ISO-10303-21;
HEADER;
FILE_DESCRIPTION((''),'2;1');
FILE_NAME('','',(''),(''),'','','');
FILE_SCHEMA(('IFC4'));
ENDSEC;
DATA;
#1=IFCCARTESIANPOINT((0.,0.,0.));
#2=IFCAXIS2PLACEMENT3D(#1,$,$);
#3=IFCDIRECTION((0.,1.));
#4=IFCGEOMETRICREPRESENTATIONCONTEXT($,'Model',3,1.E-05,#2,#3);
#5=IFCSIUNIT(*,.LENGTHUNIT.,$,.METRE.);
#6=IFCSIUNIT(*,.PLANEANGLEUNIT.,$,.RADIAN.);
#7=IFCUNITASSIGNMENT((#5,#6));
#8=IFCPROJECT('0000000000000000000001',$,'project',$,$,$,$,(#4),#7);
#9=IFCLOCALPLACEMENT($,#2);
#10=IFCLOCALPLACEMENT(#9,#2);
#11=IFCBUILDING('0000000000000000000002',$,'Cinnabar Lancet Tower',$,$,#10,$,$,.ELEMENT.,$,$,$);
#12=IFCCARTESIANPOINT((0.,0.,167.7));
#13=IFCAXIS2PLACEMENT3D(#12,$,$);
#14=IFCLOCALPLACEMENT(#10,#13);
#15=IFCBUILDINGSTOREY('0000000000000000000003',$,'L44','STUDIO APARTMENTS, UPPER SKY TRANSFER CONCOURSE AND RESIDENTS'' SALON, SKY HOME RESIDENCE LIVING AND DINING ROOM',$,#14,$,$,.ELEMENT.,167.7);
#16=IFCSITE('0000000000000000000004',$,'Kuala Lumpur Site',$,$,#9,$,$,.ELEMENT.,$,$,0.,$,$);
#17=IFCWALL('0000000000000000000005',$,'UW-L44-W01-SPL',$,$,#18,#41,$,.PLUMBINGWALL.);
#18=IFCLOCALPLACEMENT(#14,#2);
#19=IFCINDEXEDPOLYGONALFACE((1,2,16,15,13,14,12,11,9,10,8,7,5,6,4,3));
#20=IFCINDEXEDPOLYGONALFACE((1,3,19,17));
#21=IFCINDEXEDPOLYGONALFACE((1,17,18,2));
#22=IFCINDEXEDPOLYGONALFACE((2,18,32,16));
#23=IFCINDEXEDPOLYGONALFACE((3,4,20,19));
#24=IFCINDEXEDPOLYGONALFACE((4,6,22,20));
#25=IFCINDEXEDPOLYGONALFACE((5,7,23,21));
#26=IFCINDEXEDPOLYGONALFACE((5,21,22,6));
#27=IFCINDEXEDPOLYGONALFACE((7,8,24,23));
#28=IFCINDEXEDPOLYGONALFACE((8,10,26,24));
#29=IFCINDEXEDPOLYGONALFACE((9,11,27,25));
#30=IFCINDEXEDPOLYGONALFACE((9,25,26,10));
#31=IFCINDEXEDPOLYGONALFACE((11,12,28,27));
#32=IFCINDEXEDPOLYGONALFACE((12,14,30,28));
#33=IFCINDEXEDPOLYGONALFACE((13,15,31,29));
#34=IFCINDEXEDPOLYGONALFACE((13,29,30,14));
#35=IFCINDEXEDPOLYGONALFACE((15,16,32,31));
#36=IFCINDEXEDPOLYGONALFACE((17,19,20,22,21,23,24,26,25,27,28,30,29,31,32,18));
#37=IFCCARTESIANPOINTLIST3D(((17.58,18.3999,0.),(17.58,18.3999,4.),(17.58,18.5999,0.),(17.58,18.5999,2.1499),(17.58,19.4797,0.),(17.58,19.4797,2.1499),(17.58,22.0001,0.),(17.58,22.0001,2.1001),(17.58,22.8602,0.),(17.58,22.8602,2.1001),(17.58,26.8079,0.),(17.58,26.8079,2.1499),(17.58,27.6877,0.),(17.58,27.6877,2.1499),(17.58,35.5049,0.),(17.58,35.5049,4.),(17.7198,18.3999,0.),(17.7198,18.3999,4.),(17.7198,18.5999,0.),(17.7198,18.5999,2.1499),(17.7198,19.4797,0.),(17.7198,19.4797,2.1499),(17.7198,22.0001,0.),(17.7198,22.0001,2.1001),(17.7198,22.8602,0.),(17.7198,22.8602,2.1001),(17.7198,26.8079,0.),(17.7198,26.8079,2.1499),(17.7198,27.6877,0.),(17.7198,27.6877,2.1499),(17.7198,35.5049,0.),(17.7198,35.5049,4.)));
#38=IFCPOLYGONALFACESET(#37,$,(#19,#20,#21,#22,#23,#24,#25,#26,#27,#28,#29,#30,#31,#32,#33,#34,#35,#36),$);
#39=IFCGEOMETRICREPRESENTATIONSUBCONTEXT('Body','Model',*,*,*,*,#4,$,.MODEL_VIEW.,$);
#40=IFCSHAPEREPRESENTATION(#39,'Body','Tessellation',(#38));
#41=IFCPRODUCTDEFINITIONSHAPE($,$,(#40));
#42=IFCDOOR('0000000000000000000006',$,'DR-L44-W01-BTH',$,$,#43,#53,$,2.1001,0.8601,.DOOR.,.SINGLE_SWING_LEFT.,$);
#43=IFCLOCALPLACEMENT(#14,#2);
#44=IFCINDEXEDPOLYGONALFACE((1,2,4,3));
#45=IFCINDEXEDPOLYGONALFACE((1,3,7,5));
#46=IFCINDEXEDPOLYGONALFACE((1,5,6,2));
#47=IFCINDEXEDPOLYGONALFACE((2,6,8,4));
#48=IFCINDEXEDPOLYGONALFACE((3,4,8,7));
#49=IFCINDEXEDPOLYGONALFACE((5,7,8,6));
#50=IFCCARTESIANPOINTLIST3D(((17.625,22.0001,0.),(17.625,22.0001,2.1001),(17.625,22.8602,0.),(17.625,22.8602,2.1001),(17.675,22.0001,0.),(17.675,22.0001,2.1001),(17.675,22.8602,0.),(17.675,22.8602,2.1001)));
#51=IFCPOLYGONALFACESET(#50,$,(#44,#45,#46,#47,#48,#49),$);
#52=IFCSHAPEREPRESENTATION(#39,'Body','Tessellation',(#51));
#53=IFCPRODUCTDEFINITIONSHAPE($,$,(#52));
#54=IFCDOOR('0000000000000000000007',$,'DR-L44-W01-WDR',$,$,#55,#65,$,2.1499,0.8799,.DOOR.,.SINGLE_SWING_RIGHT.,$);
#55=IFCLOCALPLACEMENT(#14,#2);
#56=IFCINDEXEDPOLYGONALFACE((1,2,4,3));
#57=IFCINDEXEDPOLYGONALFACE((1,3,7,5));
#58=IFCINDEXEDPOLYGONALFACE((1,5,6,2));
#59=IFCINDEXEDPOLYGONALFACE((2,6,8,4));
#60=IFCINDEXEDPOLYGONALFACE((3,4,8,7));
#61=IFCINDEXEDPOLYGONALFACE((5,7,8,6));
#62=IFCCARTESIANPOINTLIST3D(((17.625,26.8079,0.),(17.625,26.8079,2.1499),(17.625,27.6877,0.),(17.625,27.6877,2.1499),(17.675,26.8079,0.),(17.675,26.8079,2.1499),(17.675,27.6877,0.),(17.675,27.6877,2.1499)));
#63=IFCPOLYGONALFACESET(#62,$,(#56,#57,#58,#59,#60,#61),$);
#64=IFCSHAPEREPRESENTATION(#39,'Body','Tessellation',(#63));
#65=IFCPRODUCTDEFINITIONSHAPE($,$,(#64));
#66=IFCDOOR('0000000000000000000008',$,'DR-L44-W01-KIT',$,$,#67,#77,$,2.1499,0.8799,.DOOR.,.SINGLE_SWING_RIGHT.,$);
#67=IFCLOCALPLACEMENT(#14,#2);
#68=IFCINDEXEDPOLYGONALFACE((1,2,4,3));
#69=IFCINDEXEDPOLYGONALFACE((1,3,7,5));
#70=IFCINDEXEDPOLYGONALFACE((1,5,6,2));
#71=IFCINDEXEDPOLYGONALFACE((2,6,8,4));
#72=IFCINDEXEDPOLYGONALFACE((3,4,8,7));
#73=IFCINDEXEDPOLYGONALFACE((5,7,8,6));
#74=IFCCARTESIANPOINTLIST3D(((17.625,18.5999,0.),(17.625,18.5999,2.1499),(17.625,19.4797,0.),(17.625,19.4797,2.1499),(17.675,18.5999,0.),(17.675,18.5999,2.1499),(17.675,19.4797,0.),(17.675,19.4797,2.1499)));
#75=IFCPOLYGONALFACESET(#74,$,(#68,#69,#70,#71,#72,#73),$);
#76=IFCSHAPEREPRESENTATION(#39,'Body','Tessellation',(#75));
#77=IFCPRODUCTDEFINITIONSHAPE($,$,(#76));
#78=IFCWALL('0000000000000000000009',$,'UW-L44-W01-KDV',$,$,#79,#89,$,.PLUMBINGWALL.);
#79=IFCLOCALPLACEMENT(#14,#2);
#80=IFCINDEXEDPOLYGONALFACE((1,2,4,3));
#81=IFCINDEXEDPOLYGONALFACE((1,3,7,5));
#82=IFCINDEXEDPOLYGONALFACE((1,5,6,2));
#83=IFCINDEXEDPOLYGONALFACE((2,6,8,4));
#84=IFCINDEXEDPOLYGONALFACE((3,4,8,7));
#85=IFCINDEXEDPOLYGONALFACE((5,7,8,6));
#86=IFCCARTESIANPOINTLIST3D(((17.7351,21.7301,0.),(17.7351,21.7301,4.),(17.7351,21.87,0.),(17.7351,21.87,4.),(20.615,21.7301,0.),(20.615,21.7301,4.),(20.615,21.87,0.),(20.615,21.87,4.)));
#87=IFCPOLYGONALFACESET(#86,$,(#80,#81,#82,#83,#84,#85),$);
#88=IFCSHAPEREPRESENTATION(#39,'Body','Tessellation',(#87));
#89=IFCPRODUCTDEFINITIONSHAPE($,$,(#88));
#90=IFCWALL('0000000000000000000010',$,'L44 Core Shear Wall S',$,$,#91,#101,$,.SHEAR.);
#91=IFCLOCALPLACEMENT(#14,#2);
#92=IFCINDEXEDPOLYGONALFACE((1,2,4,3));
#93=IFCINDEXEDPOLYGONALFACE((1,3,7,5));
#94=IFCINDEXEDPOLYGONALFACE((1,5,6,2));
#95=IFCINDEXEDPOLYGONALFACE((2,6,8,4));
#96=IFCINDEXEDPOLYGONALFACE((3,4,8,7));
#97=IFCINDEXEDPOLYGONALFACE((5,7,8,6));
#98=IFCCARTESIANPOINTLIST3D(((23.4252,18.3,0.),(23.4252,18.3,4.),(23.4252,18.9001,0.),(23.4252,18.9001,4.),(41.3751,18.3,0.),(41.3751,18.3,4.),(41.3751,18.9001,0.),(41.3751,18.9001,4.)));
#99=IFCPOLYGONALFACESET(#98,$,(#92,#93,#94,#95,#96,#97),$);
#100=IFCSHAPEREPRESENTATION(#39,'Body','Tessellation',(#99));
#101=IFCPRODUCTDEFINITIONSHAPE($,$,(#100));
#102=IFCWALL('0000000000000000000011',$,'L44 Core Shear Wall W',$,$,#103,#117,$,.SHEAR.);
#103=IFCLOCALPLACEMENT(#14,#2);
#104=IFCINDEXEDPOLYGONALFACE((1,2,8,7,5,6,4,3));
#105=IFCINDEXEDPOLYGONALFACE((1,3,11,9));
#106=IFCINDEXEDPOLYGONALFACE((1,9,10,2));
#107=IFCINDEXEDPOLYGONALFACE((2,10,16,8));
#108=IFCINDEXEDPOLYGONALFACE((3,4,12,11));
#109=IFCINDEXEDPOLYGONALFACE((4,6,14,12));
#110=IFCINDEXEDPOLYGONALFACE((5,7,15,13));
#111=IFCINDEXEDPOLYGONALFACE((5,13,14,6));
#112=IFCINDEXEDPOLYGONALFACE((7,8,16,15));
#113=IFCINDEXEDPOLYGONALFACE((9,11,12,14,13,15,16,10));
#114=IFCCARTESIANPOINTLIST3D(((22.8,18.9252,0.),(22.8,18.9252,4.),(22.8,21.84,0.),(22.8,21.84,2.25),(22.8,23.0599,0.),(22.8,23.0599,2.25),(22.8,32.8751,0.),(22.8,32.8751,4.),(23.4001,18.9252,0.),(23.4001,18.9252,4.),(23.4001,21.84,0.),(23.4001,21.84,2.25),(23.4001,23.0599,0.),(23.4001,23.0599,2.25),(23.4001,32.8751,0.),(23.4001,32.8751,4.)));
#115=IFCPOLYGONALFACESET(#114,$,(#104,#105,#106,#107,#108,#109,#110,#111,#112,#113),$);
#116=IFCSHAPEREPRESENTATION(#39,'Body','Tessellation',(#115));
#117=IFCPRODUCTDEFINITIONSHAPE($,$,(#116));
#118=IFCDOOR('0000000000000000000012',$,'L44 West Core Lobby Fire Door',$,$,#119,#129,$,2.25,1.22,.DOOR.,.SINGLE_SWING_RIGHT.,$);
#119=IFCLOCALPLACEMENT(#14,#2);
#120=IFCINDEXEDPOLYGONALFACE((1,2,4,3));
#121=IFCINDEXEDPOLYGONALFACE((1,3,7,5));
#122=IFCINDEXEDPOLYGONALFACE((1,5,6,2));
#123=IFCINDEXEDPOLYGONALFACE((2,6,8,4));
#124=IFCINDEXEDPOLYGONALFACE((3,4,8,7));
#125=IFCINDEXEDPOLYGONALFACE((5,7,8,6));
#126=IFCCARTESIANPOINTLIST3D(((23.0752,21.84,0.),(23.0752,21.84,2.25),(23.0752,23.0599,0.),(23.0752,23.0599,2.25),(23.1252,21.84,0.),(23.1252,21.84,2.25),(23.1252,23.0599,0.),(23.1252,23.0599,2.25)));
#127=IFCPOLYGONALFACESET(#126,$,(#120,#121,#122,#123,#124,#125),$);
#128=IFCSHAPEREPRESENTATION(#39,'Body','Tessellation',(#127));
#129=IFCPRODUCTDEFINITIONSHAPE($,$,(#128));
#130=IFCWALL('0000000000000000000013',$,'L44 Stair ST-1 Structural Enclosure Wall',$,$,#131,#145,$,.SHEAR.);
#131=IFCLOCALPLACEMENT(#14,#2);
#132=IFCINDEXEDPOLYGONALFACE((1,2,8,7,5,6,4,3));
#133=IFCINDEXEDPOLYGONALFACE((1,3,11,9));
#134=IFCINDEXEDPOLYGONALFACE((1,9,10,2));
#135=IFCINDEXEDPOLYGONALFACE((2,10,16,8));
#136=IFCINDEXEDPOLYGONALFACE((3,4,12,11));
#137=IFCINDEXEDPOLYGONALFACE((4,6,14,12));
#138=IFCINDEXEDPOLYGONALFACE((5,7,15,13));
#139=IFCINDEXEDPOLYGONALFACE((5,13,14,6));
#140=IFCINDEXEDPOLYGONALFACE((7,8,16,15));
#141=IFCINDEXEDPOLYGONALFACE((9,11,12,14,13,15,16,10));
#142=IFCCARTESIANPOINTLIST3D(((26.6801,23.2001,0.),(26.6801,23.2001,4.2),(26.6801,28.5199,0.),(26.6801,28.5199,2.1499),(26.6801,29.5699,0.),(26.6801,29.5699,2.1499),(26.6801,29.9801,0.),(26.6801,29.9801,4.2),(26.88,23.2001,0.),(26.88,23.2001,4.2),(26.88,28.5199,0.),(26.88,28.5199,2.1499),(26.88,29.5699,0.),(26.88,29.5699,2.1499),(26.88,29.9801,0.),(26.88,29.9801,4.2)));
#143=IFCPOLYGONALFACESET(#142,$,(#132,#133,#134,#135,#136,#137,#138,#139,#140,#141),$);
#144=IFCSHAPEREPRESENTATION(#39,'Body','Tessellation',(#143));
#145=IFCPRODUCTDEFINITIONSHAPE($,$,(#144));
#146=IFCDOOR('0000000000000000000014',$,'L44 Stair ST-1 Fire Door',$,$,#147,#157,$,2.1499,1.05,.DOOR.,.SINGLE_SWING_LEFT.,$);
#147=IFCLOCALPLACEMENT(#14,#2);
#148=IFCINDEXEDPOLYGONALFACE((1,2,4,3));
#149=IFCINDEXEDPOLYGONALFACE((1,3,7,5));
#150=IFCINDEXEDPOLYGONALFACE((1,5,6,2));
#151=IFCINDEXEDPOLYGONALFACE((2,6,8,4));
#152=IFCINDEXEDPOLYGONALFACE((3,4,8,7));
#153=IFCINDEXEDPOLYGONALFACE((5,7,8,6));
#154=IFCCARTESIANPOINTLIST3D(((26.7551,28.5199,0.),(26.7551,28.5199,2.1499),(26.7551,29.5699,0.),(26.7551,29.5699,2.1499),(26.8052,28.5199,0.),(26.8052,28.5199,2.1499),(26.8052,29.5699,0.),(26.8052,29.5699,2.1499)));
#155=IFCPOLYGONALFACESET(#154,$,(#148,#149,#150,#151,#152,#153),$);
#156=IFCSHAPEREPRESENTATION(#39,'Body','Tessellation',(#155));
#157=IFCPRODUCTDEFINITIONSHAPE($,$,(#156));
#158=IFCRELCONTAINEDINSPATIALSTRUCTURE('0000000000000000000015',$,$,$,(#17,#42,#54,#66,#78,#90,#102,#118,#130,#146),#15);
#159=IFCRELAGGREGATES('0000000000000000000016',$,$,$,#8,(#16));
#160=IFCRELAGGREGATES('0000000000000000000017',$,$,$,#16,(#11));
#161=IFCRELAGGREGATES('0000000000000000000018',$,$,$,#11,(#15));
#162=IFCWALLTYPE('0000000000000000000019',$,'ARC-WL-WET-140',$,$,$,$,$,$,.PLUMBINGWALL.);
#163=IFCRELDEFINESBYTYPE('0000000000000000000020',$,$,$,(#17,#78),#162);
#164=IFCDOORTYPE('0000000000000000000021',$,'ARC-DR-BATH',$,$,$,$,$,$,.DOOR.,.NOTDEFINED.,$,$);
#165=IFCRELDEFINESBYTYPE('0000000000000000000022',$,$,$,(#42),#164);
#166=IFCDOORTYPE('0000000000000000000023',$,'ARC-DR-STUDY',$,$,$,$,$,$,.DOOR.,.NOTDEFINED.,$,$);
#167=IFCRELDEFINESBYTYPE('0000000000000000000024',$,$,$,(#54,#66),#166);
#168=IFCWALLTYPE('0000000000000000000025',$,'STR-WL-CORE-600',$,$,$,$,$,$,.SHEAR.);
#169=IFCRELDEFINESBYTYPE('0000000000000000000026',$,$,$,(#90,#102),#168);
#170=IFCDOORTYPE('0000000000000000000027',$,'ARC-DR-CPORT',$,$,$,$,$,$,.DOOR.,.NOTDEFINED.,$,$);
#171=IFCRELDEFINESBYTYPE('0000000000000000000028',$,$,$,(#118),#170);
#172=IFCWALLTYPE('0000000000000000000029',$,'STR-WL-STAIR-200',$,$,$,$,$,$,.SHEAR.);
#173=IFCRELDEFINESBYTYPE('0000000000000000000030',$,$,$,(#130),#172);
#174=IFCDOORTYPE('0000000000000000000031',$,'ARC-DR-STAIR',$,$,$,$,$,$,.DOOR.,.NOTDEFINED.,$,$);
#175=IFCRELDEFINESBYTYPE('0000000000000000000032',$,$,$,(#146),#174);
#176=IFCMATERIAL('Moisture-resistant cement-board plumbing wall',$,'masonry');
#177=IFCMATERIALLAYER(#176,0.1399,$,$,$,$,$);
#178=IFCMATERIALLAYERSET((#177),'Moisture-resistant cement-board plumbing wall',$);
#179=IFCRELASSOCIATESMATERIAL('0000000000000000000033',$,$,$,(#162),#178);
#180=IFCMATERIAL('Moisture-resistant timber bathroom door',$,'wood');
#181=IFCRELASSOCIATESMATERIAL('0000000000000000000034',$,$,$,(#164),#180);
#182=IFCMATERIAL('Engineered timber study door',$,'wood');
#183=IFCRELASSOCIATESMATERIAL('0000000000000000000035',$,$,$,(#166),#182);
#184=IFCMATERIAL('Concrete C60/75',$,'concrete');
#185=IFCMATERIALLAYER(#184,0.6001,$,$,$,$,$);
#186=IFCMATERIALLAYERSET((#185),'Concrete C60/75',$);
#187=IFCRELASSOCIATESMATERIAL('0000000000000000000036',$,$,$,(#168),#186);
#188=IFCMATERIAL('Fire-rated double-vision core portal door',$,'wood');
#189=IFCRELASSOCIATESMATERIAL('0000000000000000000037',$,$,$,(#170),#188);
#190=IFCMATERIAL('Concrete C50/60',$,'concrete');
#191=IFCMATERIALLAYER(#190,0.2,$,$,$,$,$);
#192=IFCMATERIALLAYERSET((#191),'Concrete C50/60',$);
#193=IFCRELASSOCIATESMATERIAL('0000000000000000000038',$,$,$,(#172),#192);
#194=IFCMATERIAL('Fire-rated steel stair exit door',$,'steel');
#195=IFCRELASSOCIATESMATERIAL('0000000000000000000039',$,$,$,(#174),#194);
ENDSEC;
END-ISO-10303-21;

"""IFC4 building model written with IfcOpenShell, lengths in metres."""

from ifc_helpers import new_model, si_unit, direction, frame, frame_2d, origin, place, context, subcontext, project, spatial, rectangle, extrude, material, layer, layer_set, type_object, element, fill, save


model = new_model("IFC4")

# Units and contexts
model_context = context("Model", 3, precision=1e-05, world=origin(), true_north=direction((0.0, 1.0)))
body_context = subcontext(model_context, "Body", "Model", "MODEL_VIEW")
ifc_project = project(units=[si_unit("LENGTHUNIT", "METRE"), si_unit("PLANEANGLEUNIT", "RADIAN")], contexts=[model_context])

# Site, building, storey
site_placement = place(None, origin())
site = spatial("IfcSite", under=ifc_project, at=site_placement, Name="Kuala Lumpur Site", CompositionType="ELEMENT", RefElevation=0.0)
building_placement = place(site_placement, origin())
building = spatial("IfcBuilding", under=site, at=building_placement, Name="Cinnabar Lancet Tower", CompositionType="ELEMENT")
storey_placement = place(building_placement, frame((0.0, 0.0, 167.7)))
storey = spatial("IfcBuildingStorey", under=building, at=storey_placement, Name="L44", Description="STUDIO APARTMENTS, UPPER SKY TRANSFER CONCOURSE AND RESIDENTS' SALON, SKY HOME RESIDENCE LIVING AND DINING ROOM", CompositionType="ELEMENT", Elevation=167.7)

# Wall, openings, doors
ifc_material_1 = material(Name="Moisture-resistant cement-board plumbing wall", Category="masonry")
ifc_layer_1 = layer(ifc_material_1, 0.1399)
ifc_layer_set_1 = layer_set([ifc_layer_1], Name="Moisture-resistant cement-board plumbing wall")
wall_type_1 = type_object("IfcWallType", Name="ARC-WL-WET-140", PredefinedType="PLUMBINGWALL", material=ifc_layer_set_1)
wall_1_placement = place(storey_placement, frame((17.6499, 18.3999, 0.0), z_axis=(0.0, 0.0, 1.0), x_axis=(0.0, 1.0, 0.0)))
wall_1 = element("IfcWall", 1, at=wall_1_placement, inside=storey, type_object=wall_type_1, Name="UW-L44-W01-SPL", PredefinedType="PLUMBINGWALL", context=body_context, shape_type="SweptSolid", body=[
    extrude(rectangle(XDim=17.105, YDim=0.1399, at=frame_2d((8.5525, 0.0))), origin(), (0.0, 0.0, 1.0), 4.0),
])
opening_1_placement = place(wall_1_placement, frame((3.6001, 0.0, 0.0)))
opening_1 = element("IfcOpeningElement", 2, at=opening_1_placement, cuts=wall_1, PredefinedType="OPENING", context=body_context, shape_type="SweptSolid", body=[
    extrude(rectangle(XDim=0.8601, YDim=2.1001, at=frame_2d((0.4302, 1.05))), frame((0.0, 0.0798, 0.0), z_axis=(0.0, -1.0, 0.0), x_axis=(1.0, 0.0, 0.0)), (0.0, 0.0, 1.0), 0.1599),
])
opening_2_placement = place(wall_1_placement, frame((8.408, 0.0, 0.0)))
opening_2 = element("IfcOpeningElement", 3, at=opening_2_placement, cuts=wall_1, PredefinedType="OPENING", context=body_context, shape_type="SweptSolid", body=[
    extrude(rectangle(XDim=0.8799, YDim=2.1499, at=frame_2d((0.4399, 1.075))), frame((0.0, 0.0798, 0.0), z_axis=(0.0, -1.0, 0.0), x_axis=(1.0, 0.0, 0.0)), (0.0, 0.0, 1.0), 0.1599),
])
opening_3_placement = place(wall_1_placement, frame((0.2, 0.0, 0.0)))
opening_3 = element("IfcOpeningElement", 4, at=opening_3_placement, cuts=wall_1, PredefinedType="OPENING", context=body_context, shape_type="SweptSolid", body=[
    extrude(rectangle(XDim=0.8799, YDim=2.1499, at=frame_2d((0.4399, 1.075))), frame((0.0, 0.0798, 0.0), z_axis=(0.0, -1.0, 0.0), x_axis=(1.0, 0.0, 0.0)), (0.0, 0.0, 1.0), 0.1599),
])
ifc_material_2 = material(Name="Moisture-resistant timber bathroom door", Category="wood")
door_type_1 = type_object("IfcDoorType", Name="ARC-DR-BATH", OperationType="NOTDEFINED", PredefinedType="DOOR", material=ifc_material_2)
door_1_placement = place(opening_1_placement, origin())
door_1 = element("IfcDoor", 5, at=door_1_placement, inside=storey, type_object=door_type_1, Name="DR-L44-W01-BTH", OperationType="SINGLE_SWING_LEFT", OverallHeight=2.1001, OverallWidth=0.8601, PredefinedType="DOOR", context=body_context, shape_type="SweptSolid", body=[
    extrude(rectangle(XDim=0.8601, YDim=2.1001, at=frame_2d((0.4302, 1.05))), frame((0.0, 0.0249, 0.0), z_axis=(0.0, -1.0, 0.0), x_axis=(1.0, 0.0, 0.0)), (0.0, 0.0, 1.0), 0.05),
])
fill(opening_1, door_1)
ifc_material_3 = material(Name="Engineered timber study door", Category="wood")
door_type_2 = type_object("IfcDoorType", Name="ARC-DR-STUDY", OperationType="NOTDEFINED", PredefinedType="DOOR", material=ifc_material_3)
door_2_placement = place(opening_2_placement, origin())
door_2 = element("IfcDoor", 6, at=door_2_placement, inside=storey, type_object=door_type_2, Name="DR-L44-W01-WDR", OperationType="SINGLE_SWING_RIGHT", OverallHeight=2.1499, OverallWidth=0.8799, PredefinedType="DOOR", context=body_context, shape_type="SweptSolid", body=[
    extrude(rectangle(XDim=0.8799, YDim=2.1499, at=frame_2d((0.4399, 1.075))), frame((0.0, 0.0249, 0.0), z_axis=(0.0, -1.0, 0.0), x_axis=(1.0, 0.0, 0.0)), (0.0, 0.0, 1.0), 0.05),
])
fill(opening_2, door_2)
door_3_placement = place(opening_3_placement, origin())
door_3 = element("IfcDoor", 7, at=door_3_placement, inside=storey, type_object=door_type_2, Name="DR-L44-W01-KIT", OperationType="SINGLE_SWING_RIGHT", OverallHeight=2.1499, OverallWidth=0.8799, PredefinedType="DOOR", context=body_context, shape_type="SweptSolid", body=[
    extrude(rectangle(XDim=0.8799, YDim=2.1499, at=frame_2d((0.4399, 1.075))), frame((0.0, 0.0249, 0.0), z_axis=(0.0, -1.0, 0.0), x_axis=(1.0, 0.0, 0.0)), (0.0, 0.0, 1.0), 0.05),
])
fill(opening_3, door_3)

# Walls
wall_2_placement = place(storey_placement, frame((17.7351, 21.8, 0.0), z_axis=(0.0, 0.0, 1.0), x_axis=(1.0, 0.0, 0.0)))
element("IfcWall", 8, at=wall_2_placement, inside=storey, type_object=wall_type_1, Name="UW-L44-W01-KDV", PredefinedType="PLUMBINGWALL", context=body_context, shape_type="SweptSolid", body=[
    extrude(rectangle(XDim=2.8799, YDim=0.1399, at=frame_2d((1.4399, 0.0))), origin(), (0.0, 0.0, 1.0), 4.0),
])
ifc_material_4 = material(Name="Concrete C60/75", Category="concrete")
ifc_layer_2 = layer(ifc_material_4, 0.6001)
ifc_layer_set_2 = layer_set([ifc_layer_2], Name="Concrete C60/75")
wall_type_2 = type_object("IfcWallType", Name="STR-WL-CORE-600", PredefinedType="SHEAR", material=ifc_layer_set_2)
wall_3_placement = place(storey_placement, frame((23.425, 18.6001, 0.0), z_axis=(0.0, 0.0, 1.0), x_axis=(1.0, 0.0, 0.0)))
element("IfcWall", 9, at=wall_3_placement, inside=storey, type_object=wall_type_2, Name="L44 Core Shear Wall S", PredefinedType="SHEAR", context=body_context, shape_type="SweptSolid", body=[
    extrude(rectangle(XDim=17.95, YDim=0.6001, at=frame_2d((8.9751, 0.0))), origin(), (0.0, 0.0, 1.0), 4.0),
])

# Walls, openings, doors
wall_4_placement = place(storey_placement, frame((23.1001, 18.925, 0.0), z_axis=(0.0, 0.0, 1.0), x_axis=(0.0, 1.0, 0.0)))
wall_4 = element("IfcWall", 10, at=wall_4_placement, inside=storey, type_object=wall_type_2, Name="L44 Core Shear Wall W", PredefinedType="SHEAR", context=body_context, shape_type="SweptSolid", body=[
    extrude(rectangle(XDim=13.95, YDim=0.6001, at=frame_2d((6.9751, 0.0))), origin(), (0.0, 0.0, 1.0), 4.0),
])
opening_4_placement = place(wall_4_placement, frame((2.915, 0.0, 0.0)))
opening_4 = element("IfcOpeningElement", 11, at=opening_4_placement, cuts=wall_4, PredefinedType="OPENING", context=body_context, shape_type="SweptSolid", body=[
    extrude(rectangle(XDim=1.22, YDim=2.25, at=frame_2d((0.6099, 1.125))), frame((0.0, 0.3101, 0.0), z_axis=(0.0, -1.0, 0.0), x_axis=(1.0, 0.0, 0.0)), (0.0, 0.0, 1.0), 0.6201),
])
ifc_material_5 = material(Name="Fire-rated double-vision core portal door", Category="wood")
door_type_3 = type_object("IfcDoorType", Name="ARC-DR-CPORT", OperationType="NOTDEFINED", PredefinedType="DOOR", material=ifc_material_5)
door_4_placement = place(opening_4_placement, origin())
door_4 = element("IfcDoor", 12, at=door_4_placement, inside=storey, type_object=door_type_3, Name="L44 West Core Lobby Fire Door", OperationType="SINGLE_SWING_RIGHT", OverallHeight=2.25, OverallWidth=1.22, PredefinedType="DOOR", context=body_context, shape_type="SweptSolid", body=[
    extrude(rectangle(XDim=1.22, YDim=2.25, at=frame_2d((0.6099, 1.125))), frame((0.0, 0.0249, 0.0), z_axis=(0.0, -1.0, 0.0), x_axis=(1.0, 0.0, 0.0)), (0.0, 0.0, 1.0), 0.05),
])
fill(opening_4, door_4)
ifc_material_6 = material(Name="Concrete C50/60", Category="concrete")
ifc_layer_3 = layer(ifc_material_6, 0.2)
ifc_layer_set_3 = layer_set([ifc_layer_3], Name="Concrete C50/60")
wall_type_3 = type_object("IfcWallType", Name="STR-WL-STAIR-200", PredefinedType="SHEAR", material=ifc_layer_set_3)
wall_5_placement = place(storey_placement, frame((26.78, 23.2, 0.0), z_axis=(0.0, 0.0, 1.0), x_axis=(0.0, 1.0, 0.0)))
wall_5 = element("IfcWall", 13, at=wall_5_placement, inside=storey, type_object=wall_type_3, Name="L44 Stair ST-1 Structural Enclosure Wall", PredefinedType="SHEAR", context=body_context, shape_type="SweptSolid", body=[
    extrude(rectangle(XDim=6.78, YDim=0.2, at=frame_2d((3.3901, 0.0))), origin(), (0.0, 0.0, 1.0), 4.2),
])
opening_5_placement = place(wall_5_placement, frame((5.3201, 0.0, 0.0)))
opening_5 = element("IfcOpeningElement", 14, at=opening_5_placement, cuts=wall_5, PredefinedType="OPENING", context=body_context, shape_type="SweptSolid", body=[
    extrude(rectangle(XDim=1.05, YDim=2.1499, at=frame_2d((0.5249, 1.075))), frame((0.0, 0.1099, 0.0), z_axis=(0.0, -1.0, 0.0), x_axis=(1.0, 0.0, 0.0)), (0.0, 0.0, 1.0), 0.22),
])
ifc_material_7 = material(Name="Fire-rated steel stair exit door", Category="steel")
door_type_4 = type_object("IfcDoorType", Name="ARC-DR-STAIR", OperationType="NOTDEFINED", PredefinedType="DOOR", material=ifc_material_7)
door_5_placement = place(opening_5_placement, origin())
door_5 = element("IfcDoor", 15, at=door_5_placement, inside=storey, type_object=door_type_4, Name="L44 Stair ST-1 Fire Door", OperationType="SINGLE_SWING_LEFT", OverallHeight=2.1499, OverallWidth=1.05, PredefinedType="DOOR", context=body_context, shape_type="SweptSolid", body=[
    extrude(rectangle(XDim=1.05, YDim=2.1499, at=frame_2d((0.5249, 1.075))), frame((0.0, 0.0249, 0.0), z_axis=(0.0, -1.0, 0.0), x_axis=(1.0, 0.0, 0.0)), (0.0, 0.0, 1.0), 0.05),
])
fill(opening_5, door_5)

save(model, "model.ifc")
